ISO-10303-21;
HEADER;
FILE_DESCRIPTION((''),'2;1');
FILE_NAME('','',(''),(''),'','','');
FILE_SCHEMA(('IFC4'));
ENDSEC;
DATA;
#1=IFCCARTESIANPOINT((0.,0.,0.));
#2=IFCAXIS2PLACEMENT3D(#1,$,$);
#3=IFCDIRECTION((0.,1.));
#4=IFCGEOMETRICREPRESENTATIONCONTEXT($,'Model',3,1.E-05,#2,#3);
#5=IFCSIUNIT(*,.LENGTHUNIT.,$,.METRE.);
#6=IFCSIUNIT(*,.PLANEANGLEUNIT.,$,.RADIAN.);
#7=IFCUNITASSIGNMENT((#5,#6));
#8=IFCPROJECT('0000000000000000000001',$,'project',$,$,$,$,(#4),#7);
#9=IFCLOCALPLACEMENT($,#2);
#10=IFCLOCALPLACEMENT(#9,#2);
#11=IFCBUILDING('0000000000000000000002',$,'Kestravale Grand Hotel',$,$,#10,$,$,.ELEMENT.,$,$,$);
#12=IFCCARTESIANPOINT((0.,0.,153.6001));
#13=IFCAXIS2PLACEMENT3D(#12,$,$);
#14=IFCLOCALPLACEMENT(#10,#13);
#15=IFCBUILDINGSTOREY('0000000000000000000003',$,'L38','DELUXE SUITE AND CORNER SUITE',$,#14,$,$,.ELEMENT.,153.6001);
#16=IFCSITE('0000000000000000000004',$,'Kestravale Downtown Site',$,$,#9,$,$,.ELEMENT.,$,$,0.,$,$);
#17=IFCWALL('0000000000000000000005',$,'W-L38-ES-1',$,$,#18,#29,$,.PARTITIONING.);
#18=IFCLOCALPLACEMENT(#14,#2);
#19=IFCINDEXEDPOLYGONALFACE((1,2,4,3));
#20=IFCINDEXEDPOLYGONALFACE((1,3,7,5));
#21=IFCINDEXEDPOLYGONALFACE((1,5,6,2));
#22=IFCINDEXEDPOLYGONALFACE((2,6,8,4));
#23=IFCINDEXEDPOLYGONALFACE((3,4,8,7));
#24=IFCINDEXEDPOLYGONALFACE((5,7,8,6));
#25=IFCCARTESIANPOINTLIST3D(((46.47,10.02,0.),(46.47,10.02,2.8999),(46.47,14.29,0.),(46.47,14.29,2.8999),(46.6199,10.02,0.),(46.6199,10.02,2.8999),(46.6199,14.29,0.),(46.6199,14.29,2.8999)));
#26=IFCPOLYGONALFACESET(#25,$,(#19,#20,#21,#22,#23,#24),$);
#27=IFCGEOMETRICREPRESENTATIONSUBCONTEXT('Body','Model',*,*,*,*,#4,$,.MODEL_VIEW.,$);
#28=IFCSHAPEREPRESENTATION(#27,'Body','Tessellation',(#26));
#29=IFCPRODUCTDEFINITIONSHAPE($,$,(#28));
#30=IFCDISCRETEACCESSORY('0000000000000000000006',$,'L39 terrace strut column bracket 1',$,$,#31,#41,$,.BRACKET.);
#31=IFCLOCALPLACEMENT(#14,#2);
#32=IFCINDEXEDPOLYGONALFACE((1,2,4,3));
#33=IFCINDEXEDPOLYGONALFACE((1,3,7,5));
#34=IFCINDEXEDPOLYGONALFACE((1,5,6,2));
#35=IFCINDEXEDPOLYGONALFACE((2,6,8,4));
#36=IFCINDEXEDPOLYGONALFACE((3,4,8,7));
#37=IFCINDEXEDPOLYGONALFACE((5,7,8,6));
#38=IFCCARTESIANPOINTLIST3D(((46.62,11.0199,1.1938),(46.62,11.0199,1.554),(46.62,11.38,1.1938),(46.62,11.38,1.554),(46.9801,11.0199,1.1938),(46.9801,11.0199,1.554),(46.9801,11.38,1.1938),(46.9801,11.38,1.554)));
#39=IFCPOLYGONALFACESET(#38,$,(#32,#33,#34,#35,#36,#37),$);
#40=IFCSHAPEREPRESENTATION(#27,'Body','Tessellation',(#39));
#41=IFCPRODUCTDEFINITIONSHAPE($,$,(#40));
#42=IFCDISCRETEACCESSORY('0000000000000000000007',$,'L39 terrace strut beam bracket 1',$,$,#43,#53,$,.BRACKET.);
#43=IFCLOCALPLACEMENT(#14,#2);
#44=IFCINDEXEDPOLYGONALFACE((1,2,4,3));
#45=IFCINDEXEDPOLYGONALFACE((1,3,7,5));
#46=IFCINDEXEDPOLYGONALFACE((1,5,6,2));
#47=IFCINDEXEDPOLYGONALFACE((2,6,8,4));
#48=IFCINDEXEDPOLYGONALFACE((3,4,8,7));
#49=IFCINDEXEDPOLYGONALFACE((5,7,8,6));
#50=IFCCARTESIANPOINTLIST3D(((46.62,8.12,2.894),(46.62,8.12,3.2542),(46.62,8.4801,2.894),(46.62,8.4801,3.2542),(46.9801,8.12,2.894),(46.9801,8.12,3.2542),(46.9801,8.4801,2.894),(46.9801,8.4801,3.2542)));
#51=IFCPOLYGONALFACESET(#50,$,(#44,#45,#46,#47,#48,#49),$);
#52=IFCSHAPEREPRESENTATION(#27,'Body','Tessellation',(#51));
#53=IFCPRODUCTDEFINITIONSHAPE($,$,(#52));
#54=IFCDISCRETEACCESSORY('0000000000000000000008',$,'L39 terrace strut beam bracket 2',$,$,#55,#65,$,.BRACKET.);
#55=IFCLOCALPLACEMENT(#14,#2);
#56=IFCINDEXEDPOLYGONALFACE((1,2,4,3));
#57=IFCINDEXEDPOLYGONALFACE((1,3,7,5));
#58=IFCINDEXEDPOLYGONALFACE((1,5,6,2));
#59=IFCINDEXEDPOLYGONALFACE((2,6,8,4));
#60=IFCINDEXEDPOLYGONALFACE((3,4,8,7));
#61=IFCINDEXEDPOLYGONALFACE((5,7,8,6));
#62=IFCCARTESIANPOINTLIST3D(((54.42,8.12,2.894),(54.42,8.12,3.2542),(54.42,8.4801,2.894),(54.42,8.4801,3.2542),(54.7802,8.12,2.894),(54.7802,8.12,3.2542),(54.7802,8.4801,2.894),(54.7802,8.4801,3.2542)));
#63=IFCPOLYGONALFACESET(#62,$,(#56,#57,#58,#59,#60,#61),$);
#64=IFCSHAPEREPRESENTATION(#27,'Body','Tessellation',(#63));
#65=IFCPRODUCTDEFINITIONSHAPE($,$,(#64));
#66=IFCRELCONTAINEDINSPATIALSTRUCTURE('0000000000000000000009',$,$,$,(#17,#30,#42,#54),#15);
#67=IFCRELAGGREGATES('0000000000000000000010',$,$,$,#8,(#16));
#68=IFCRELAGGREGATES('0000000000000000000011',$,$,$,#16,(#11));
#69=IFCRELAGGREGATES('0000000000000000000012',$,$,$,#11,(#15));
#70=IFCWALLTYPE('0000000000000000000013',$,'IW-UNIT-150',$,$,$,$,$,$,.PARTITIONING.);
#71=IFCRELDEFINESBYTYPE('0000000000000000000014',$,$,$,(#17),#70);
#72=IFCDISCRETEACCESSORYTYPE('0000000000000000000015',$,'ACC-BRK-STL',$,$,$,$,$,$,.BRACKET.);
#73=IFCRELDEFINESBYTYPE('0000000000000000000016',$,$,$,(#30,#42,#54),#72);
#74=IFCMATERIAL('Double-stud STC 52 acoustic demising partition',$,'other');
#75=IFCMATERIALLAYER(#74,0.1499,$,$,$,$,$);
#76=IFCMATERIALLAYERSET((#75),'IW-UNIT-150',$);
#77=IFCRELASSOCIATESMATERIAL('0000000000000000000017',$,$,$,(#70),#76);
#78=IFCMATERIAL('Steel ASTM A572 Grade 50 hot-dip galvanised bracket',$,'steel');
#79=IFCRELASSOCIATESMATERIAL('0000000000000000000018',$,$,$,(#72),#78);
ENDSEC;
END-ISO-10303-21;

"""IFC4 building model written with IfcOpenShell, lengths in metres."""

from ifc_helpers import new_model, si_unit, direction, frame, frame_2d, origin, origin_2d, place, context, subcontext, project, spatial, rectangle, extrude, material, layer, layer_set, type_object, element, save


model = new_model("IFC4")

# Units and contexts
model_context = context("Model", 3, precision=1e-05, world=origin(), true_north=direction((0.0, 1.0)))
body_context = subcontext(model_context, "Body", "Model", "MODEL_VIEW")
ifc_project = project(units=[si_unit("LENGTHUNIT", "METRE"), si_unit("PLANEANGLEUNIT", "RADIAN")], contexts=[model_context])

# Site, building, storey
site_placement = place(None, origin())
site = spatial("IfcSite", under=ifc_project, at=site_placement, Name="Kestravale Downtown Site", CompositionType="ELEMENT", RefElevation=0.0)
building_placement = place(site_placement, origin())
building = spatial("IfcBuilding", under=site, at=building_placement, Name="Kestravale Grand Hotel", CompositionType="ELEMENT")
storey_placement = place(building_placement, frame((0.0, 0.0, 153.6001)))
storey = spatial("IfcBuildingStorey", under=building, at=storey_placement, Name="L38", Description="DELUXE SUITE AND CORNER SUITE", CompositionType="ELEMENT", Elevation=153.6001)

# Wall
ifc_material_1 = material(Name="Double-stud STC 52 acoustic demising partition", Category="other")
ifc_layer_1 = layer(ifc_material_1, 0.1499)
ifc_layer_set_1 = layer_set([ifc_layer_1], Name="IW-UNIT-150")
wall_type_1 = type_object("IfcWallType", Name="IW-UNIT-150", PredefinedType="PARTITIONING", material=ifc_layer_set_1)
wall_1_placement = place(storey_placement, frame((46.5449, 10.02, 0.0), z_axis=(0.0, 0.0, 1.0), x_axis=(0.0, 1.0, 0.0)))
element("IfcWall", 1, at=wall_1_placement, inside=storey, type_object=wall_type_1, Name="W-L38-ES-1", PredefinedType="PARTITIONING", context=body_context, shape_type="SweptSolid", body=[
    extrude(rectangle(XDim=4.27, YDim=0.1499, at=frame_2d((2.135, 0.0))), origin(), (0.0, 0.0, 1.0), 2.8999),
])

# Discrete accessories
ifc_material_2 = material(Name="Steel ASTM A572 Grade 50 hot-dip galvanised bracket", Category="steel")
discrete_accessory_type = type_object("IfcDiscreteAccessoryType", Name="ACC-BRK-STL", PredefinedType="BRACKET", material=ifc_material_2)
for number, where, z_axis, x_axis, name in (
    (2, (46.8, 11.2, 1.1938), (0.0, 0.0, 1.0), (1.0, 0.0, 0.0), "L39 terrace strut column bracket 1"),
    (3, (46.8, 8.3, 2.894), (0.0, 0.0, 1.0), (1.0, 0.0, 0.0), "L39 terrace strut beam bracket 1"),
    (4, (54.6001, 8.3, 2.894), (0.0, 0.0, 1.0), (1.0, 0.0, 0.0), "L39 terrace strut beam bracket 2"),
):
    element("IfcDiscreteAccessory", number, at=place(storey_placement, frame(where, z_axis=z_axis, x_axis=x_axis)), inside=storey, type_object=discrete_accessory_type, Name=name, PredefinedType="BRACKET", context=body_context, shape_type="SweptSolid", body=[
        extrude(rectangle(XDim=0.3601, YDim=0.3601, at=origin_2d()), origin(), (0.0, 0.0, 1.0), 0.3601),
    ])

save(model, "model.ifc")
